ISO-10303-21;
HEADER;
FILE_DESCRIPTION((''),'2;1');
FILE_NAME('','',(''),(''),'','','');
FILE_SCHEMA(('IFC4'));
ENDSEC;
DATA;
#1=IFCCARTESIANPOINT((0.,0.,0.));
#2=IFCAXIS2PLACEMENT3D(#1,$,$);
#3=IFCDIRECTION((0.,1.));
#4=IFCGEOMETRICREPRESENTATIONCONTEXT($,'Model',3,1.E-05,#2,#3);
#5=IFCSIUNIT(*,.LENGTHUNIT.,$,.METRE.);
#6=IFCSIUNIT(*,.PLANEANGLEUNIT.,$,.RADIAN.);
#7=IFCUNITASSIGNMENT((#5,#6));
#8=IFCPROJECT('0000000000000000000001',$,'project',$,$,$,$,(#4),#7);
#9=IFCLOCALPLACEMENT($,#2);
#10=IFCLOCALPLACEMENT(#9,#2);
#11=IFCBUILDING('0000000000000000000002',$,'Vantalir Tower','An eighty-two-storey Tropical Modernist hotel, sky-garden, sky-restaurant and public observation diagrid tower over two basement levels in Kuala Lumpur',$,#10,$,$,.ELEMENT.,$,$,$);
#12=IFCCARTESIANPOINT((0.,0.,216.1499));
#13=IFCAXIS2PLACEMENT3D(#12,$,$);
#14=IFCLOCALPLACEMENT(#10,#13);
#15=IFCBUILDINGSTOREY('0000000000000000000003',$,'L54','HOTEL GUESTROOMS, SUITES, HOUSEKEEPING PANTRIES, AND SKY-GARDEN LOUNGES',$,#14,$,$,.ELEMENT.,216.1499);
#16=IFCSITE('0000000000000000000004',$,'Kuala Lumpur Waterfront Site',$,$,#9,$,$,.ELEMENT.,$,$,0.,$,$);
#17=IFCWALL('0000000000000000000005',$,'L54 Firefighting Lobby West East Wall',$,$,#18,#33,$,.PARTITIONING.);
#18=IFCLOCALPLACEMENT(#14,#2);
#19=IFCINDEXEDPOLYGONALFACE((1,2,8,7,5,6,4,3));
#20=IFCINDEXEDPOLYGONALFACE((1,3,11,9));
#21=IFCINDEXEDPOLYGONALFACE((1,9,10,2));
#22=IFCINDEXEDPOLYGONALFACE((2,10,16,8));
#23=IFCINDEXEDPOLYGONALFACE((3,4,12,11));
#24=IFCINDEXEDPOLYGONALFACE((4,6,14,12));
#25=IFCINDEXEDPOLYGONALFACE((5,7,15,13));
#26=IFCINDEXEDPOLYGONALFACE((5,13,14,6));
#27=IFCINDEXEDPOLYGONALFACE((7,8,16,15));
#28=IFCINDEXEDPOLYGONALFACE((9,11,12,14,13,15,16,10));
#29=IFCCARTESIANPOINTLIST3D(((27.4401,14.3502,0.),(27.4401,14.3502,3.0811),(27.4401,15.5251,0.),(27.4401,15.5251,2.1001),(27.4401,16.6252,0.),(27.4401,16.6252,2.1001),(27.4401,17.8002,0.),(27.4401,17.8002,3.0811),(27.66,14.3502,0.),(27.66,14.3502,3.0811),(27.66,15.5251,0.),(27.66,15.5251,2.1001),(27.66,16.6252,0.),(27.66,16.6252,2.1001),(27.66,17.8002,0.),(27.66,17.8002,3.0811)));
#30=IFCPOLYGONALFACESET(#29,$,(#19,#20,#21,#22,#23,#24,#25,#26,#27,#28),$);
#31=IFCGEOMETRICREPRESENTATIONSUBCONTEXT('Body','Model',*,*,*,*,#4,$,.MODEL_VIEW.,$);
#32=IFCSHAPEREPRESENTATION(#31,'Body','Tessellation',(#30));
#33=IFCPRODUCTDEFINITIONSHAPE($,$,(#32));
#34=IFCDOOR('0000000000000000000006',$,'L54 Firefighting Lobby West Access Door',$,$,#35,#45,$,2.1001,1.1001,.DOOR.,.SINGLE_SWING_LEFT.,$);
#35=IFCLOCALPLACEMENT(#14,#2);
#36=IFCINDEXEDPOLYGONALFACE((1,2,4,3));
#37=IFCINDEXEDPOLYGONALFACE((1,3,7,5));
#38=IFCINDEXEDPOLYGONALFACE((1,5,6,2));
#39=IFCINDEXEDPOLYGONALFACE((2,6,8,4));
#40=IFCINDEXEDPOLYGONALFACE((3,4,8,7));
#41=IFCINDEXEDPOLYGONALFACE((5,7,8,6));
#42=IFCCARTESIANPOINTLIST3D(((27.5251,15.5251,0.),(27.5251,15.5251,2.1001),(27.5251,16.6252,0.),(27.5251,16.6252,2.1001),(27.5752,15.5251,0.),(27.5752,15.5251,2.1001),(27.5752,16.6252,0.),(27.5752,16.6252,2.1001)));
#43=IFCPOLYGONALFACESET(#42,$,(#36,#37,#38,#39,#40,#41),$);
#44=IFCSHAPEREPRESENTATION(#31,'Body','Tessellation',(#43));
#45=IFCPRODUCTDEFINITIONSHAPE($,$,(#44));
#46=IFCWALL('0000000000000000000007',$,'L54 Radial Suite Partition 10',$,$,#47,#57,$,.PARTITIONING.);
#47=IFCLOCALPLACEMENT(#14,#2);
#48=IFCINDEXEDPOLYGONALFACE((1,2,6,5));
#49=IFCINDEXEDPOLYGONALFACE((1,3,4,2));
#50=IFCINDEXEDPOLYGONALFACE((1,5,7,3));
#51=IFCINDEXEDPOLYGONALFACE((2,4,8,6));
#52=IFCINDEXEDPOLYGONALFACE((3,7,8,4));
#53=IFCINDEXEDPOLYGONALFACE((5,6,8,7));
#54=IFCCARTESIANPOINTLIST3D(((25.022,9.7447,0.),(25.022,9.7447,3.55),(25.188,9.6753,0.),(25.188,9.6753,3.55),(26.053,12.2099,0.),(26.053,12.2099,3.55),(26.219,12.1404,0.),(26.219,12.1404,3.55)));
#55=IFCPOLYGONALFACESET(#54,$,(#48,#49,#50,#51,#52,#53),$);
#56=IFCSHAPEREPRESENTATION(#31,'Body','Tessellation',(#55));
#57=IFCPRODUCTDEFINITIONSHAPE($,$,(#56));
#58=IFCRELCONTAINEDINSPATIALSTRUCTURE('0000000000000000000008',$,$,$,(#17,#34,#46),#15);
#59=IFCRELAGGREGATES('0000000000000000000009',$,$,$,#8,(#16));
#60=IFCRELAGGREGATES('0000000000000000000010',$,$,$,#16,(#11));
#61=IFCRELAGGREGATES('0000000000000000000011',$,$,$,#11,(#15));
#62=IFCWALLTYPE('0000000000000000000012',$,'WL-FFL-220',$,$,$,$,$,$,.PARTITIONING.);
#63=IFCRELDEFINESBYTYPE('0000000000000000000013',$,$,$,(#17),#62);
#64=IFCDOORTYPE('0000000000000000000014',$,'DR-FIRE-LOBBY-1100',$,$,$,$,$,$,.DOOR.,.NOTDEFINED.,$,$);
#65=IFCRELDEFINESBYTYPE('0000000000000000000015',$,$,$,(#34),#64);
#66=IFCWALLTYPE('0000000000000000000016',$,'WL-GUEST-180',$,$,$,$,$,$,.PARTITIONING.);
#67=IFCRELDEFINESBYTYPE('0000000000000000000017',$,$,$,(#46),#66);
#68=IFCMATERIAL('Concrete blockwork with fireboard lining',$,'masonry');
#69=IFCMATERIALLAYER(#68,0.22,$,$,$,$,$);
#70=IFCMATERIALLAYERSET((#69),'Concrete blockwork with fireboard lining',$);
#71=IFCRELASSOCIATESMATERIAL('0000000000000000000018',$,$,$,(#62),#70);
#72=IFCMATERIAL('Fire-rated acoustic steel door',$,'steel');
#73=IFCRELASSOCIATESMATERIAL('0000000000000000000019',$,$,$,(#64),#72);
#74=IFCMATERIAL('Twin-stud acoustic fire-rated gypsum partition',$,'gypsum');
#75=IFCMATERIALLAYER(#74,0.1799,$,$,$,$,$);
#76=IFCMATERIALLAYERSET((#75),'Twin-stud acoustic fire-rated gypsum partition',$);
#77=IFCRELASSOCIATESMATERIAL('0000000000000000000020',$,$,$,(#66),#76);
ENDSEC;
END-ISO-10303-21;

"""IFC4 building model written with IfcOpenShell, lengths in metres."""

from ifc_helpers import new_model, si_unit, direction, frame, frame_2d, origin, place, context, subcontext, project, spatial, rectangle, extrude, material, layer, layer_set, type_object, element, fill, save


model = new_model("IFC4")

# Units and contexts
model_context = context("Model", 3, precision=1e-05, world=origin(), true_north=direction((0.0, 1.0)))
body_context = subcontext(model_context, "Body", "Model", "MODEL_VIEW")
ifc_project = project(units=[si_unit("LENGTHUNIT", "METRE"), si_unit("PLANEANGLEUNIT", "RADIAN")], contexts=[model_context])

# Site, building, storey
site_placement = place(None, origin())
site = spatial("IfcSite", under=ifc_project, at=site_placement, Name="Kuala Lumpur Waterfront Site", CompositionType="ELEMENT", RefElevation=0.0)
building_placement = place(site_placement, origin())
building = spatial("IfcBuilding", under=site, at=building_placement, Name="Vantalir Tower", Description="An eighty-two-storey Tropical Modernist hotel, sky-garden, sky-restaurant and public observation diagrid tower over two basement levels in Kuala Lumpur", CompositionType="ELEMENT")
storey_placement = place(building_placement, frame((0.0, 0.0, 216.1499)))
storey = spatial("IfcBuildingStorey", under=building, at=storey_placement, Name="L54", Description="HOTEL GUESTROOMS, SUITES, HOUSEKEEPING PANTRIES, AND SKY-GARDEN LOUNGES", CompositionType="ELEMENT", Elevation=216.1499)

# Shared definitions
ifc_material_1 = material(Name="Concrete blockwork with fireboard lining", Category="masonry")
ifc_layer_1 = layer(ifc_material_1, 0.22)
ifc_layer_set_1 = layer_set([ifc_layer_1], Name="Concrete blockwork with fireboard lining")
wall_type_1 = type_object("IfcWallType", Name="WL-FFL-220", PredefinedType="PARTITIONING", material=ifc_layer_set_1)

# Wall, opening, door
wall_1_placement = place(storey_placement, frame((27.55, 14.3501, 0.0), z_axis=(0.0, 0.0, 1.0), x_axis=(0.0, 1.0, 0.0)))
wall_1 = element("IfcWall", 1, at=wall_1_placement, inside=storey, type_object=wall_type_1, Name="L54 Firefighting Lobby West East Wall", PredefinedType="PARTITIONING", context=body_context, shape_type="SweptSolid", body=[
    extrude(rectangle(XDim=3.45, YDim=0.22, at=frame_2d((1.7251, 0.0))), origin(), (0.0, 0.0, 1.0), 3.0811),
])
opening_1_placement = place(wall_1_placement, frame((1.175, 0.0, 0.0)))
opening_1 = element("IfcOpeningElement", 2, at=opening_1_placement, cuts=wall_1, PredefinedType="OPENING", context=body_context, shape_type="SweptSolid", body=[
    extrude(rectangle(XDim=1.1001, YDim=2.1001, at=frame_2d((0.55, 1.05))), frame((0.0, 0.1199, 0.0), z_axis=(0.0, -1.0, 0.0), x_axis=(1.0, 0.0, 0.0)), (0.0, 0.0, 1.0), 0.24),
])
ifc_material_2 = material(Name="Fire-rated acoustic steel door", Category="steel")
door_type_1 = type_object("IfcDoorType", Name="DR-FIRE-LOBBY-1100", OperationType="NOTDEFINED", PredefinedType="DOOR", material=ifc_material_2)
door_1_placement = place(opening_1_placement, origin())
door_1 = element("IfcDoor", 3, at=door_1_placement, inside=storey, type_object=door_type_1, Name="L54 Firefighting Lobby West Access Door", OperationType="SINGLE_SWING_LEFT", OverallHeight=2.1001, OverallWidth=1.1001, PredefinedType="DOOR", context=body_context, shape_type="SweptSolid", body=[
    extrude(rectangle(XDim=1.1001, YDim=2.1001, at=frame_2d((0.55, 1.05))), frame((0.0, 0.0249, 0.0), z_axis=(0.0, -1.0, 0.0), x_axis=(1.0, 0.0, 0.0)), (0.0, 0.0, 1.0), 0.05),
])
fill(opening_1, door_1)

# Wall
ifc_material_3 = material(Name="Twin-stud acoustic fire-rated gypsum partition", Category="gypsum")
ifc_layer_2 = layer(ifc_material_3, 0.1799)
ifc_layer_set_2 = layer_set([ifc_layer_2], Name="Twin-stud acoustic fire-rated gypsum partition")
wall_type_2 = type_object("IfcWallType", Name="WL-GUEST-180", PredefinedType="PARTITIONING", material=ifc_layer_set_2)
wall_2_placement = place(storey_placement, frame((26.136, 12.175, 0.0), z_axis=(0.0, 0.0, 1.0), x_axis=(-0.385854, -0.92256, 0.0)))
element("IfcWall", 4, at=wall_2_placement, inside=storey, type_object=wall_type_2, Name="L54 Radial Suite Partition 10", PredefinedType="PARTITIONING", context=body_context, shape_type="SweptSolid", body=[
    extrude(rectangle(XDim=2.6721, YDim=0.1799, at=frame_2d((1.3359, 0.0))), origin(), (0.0, 0.0, 1.0), 3.55),
])

save(model, "model.ifc")
